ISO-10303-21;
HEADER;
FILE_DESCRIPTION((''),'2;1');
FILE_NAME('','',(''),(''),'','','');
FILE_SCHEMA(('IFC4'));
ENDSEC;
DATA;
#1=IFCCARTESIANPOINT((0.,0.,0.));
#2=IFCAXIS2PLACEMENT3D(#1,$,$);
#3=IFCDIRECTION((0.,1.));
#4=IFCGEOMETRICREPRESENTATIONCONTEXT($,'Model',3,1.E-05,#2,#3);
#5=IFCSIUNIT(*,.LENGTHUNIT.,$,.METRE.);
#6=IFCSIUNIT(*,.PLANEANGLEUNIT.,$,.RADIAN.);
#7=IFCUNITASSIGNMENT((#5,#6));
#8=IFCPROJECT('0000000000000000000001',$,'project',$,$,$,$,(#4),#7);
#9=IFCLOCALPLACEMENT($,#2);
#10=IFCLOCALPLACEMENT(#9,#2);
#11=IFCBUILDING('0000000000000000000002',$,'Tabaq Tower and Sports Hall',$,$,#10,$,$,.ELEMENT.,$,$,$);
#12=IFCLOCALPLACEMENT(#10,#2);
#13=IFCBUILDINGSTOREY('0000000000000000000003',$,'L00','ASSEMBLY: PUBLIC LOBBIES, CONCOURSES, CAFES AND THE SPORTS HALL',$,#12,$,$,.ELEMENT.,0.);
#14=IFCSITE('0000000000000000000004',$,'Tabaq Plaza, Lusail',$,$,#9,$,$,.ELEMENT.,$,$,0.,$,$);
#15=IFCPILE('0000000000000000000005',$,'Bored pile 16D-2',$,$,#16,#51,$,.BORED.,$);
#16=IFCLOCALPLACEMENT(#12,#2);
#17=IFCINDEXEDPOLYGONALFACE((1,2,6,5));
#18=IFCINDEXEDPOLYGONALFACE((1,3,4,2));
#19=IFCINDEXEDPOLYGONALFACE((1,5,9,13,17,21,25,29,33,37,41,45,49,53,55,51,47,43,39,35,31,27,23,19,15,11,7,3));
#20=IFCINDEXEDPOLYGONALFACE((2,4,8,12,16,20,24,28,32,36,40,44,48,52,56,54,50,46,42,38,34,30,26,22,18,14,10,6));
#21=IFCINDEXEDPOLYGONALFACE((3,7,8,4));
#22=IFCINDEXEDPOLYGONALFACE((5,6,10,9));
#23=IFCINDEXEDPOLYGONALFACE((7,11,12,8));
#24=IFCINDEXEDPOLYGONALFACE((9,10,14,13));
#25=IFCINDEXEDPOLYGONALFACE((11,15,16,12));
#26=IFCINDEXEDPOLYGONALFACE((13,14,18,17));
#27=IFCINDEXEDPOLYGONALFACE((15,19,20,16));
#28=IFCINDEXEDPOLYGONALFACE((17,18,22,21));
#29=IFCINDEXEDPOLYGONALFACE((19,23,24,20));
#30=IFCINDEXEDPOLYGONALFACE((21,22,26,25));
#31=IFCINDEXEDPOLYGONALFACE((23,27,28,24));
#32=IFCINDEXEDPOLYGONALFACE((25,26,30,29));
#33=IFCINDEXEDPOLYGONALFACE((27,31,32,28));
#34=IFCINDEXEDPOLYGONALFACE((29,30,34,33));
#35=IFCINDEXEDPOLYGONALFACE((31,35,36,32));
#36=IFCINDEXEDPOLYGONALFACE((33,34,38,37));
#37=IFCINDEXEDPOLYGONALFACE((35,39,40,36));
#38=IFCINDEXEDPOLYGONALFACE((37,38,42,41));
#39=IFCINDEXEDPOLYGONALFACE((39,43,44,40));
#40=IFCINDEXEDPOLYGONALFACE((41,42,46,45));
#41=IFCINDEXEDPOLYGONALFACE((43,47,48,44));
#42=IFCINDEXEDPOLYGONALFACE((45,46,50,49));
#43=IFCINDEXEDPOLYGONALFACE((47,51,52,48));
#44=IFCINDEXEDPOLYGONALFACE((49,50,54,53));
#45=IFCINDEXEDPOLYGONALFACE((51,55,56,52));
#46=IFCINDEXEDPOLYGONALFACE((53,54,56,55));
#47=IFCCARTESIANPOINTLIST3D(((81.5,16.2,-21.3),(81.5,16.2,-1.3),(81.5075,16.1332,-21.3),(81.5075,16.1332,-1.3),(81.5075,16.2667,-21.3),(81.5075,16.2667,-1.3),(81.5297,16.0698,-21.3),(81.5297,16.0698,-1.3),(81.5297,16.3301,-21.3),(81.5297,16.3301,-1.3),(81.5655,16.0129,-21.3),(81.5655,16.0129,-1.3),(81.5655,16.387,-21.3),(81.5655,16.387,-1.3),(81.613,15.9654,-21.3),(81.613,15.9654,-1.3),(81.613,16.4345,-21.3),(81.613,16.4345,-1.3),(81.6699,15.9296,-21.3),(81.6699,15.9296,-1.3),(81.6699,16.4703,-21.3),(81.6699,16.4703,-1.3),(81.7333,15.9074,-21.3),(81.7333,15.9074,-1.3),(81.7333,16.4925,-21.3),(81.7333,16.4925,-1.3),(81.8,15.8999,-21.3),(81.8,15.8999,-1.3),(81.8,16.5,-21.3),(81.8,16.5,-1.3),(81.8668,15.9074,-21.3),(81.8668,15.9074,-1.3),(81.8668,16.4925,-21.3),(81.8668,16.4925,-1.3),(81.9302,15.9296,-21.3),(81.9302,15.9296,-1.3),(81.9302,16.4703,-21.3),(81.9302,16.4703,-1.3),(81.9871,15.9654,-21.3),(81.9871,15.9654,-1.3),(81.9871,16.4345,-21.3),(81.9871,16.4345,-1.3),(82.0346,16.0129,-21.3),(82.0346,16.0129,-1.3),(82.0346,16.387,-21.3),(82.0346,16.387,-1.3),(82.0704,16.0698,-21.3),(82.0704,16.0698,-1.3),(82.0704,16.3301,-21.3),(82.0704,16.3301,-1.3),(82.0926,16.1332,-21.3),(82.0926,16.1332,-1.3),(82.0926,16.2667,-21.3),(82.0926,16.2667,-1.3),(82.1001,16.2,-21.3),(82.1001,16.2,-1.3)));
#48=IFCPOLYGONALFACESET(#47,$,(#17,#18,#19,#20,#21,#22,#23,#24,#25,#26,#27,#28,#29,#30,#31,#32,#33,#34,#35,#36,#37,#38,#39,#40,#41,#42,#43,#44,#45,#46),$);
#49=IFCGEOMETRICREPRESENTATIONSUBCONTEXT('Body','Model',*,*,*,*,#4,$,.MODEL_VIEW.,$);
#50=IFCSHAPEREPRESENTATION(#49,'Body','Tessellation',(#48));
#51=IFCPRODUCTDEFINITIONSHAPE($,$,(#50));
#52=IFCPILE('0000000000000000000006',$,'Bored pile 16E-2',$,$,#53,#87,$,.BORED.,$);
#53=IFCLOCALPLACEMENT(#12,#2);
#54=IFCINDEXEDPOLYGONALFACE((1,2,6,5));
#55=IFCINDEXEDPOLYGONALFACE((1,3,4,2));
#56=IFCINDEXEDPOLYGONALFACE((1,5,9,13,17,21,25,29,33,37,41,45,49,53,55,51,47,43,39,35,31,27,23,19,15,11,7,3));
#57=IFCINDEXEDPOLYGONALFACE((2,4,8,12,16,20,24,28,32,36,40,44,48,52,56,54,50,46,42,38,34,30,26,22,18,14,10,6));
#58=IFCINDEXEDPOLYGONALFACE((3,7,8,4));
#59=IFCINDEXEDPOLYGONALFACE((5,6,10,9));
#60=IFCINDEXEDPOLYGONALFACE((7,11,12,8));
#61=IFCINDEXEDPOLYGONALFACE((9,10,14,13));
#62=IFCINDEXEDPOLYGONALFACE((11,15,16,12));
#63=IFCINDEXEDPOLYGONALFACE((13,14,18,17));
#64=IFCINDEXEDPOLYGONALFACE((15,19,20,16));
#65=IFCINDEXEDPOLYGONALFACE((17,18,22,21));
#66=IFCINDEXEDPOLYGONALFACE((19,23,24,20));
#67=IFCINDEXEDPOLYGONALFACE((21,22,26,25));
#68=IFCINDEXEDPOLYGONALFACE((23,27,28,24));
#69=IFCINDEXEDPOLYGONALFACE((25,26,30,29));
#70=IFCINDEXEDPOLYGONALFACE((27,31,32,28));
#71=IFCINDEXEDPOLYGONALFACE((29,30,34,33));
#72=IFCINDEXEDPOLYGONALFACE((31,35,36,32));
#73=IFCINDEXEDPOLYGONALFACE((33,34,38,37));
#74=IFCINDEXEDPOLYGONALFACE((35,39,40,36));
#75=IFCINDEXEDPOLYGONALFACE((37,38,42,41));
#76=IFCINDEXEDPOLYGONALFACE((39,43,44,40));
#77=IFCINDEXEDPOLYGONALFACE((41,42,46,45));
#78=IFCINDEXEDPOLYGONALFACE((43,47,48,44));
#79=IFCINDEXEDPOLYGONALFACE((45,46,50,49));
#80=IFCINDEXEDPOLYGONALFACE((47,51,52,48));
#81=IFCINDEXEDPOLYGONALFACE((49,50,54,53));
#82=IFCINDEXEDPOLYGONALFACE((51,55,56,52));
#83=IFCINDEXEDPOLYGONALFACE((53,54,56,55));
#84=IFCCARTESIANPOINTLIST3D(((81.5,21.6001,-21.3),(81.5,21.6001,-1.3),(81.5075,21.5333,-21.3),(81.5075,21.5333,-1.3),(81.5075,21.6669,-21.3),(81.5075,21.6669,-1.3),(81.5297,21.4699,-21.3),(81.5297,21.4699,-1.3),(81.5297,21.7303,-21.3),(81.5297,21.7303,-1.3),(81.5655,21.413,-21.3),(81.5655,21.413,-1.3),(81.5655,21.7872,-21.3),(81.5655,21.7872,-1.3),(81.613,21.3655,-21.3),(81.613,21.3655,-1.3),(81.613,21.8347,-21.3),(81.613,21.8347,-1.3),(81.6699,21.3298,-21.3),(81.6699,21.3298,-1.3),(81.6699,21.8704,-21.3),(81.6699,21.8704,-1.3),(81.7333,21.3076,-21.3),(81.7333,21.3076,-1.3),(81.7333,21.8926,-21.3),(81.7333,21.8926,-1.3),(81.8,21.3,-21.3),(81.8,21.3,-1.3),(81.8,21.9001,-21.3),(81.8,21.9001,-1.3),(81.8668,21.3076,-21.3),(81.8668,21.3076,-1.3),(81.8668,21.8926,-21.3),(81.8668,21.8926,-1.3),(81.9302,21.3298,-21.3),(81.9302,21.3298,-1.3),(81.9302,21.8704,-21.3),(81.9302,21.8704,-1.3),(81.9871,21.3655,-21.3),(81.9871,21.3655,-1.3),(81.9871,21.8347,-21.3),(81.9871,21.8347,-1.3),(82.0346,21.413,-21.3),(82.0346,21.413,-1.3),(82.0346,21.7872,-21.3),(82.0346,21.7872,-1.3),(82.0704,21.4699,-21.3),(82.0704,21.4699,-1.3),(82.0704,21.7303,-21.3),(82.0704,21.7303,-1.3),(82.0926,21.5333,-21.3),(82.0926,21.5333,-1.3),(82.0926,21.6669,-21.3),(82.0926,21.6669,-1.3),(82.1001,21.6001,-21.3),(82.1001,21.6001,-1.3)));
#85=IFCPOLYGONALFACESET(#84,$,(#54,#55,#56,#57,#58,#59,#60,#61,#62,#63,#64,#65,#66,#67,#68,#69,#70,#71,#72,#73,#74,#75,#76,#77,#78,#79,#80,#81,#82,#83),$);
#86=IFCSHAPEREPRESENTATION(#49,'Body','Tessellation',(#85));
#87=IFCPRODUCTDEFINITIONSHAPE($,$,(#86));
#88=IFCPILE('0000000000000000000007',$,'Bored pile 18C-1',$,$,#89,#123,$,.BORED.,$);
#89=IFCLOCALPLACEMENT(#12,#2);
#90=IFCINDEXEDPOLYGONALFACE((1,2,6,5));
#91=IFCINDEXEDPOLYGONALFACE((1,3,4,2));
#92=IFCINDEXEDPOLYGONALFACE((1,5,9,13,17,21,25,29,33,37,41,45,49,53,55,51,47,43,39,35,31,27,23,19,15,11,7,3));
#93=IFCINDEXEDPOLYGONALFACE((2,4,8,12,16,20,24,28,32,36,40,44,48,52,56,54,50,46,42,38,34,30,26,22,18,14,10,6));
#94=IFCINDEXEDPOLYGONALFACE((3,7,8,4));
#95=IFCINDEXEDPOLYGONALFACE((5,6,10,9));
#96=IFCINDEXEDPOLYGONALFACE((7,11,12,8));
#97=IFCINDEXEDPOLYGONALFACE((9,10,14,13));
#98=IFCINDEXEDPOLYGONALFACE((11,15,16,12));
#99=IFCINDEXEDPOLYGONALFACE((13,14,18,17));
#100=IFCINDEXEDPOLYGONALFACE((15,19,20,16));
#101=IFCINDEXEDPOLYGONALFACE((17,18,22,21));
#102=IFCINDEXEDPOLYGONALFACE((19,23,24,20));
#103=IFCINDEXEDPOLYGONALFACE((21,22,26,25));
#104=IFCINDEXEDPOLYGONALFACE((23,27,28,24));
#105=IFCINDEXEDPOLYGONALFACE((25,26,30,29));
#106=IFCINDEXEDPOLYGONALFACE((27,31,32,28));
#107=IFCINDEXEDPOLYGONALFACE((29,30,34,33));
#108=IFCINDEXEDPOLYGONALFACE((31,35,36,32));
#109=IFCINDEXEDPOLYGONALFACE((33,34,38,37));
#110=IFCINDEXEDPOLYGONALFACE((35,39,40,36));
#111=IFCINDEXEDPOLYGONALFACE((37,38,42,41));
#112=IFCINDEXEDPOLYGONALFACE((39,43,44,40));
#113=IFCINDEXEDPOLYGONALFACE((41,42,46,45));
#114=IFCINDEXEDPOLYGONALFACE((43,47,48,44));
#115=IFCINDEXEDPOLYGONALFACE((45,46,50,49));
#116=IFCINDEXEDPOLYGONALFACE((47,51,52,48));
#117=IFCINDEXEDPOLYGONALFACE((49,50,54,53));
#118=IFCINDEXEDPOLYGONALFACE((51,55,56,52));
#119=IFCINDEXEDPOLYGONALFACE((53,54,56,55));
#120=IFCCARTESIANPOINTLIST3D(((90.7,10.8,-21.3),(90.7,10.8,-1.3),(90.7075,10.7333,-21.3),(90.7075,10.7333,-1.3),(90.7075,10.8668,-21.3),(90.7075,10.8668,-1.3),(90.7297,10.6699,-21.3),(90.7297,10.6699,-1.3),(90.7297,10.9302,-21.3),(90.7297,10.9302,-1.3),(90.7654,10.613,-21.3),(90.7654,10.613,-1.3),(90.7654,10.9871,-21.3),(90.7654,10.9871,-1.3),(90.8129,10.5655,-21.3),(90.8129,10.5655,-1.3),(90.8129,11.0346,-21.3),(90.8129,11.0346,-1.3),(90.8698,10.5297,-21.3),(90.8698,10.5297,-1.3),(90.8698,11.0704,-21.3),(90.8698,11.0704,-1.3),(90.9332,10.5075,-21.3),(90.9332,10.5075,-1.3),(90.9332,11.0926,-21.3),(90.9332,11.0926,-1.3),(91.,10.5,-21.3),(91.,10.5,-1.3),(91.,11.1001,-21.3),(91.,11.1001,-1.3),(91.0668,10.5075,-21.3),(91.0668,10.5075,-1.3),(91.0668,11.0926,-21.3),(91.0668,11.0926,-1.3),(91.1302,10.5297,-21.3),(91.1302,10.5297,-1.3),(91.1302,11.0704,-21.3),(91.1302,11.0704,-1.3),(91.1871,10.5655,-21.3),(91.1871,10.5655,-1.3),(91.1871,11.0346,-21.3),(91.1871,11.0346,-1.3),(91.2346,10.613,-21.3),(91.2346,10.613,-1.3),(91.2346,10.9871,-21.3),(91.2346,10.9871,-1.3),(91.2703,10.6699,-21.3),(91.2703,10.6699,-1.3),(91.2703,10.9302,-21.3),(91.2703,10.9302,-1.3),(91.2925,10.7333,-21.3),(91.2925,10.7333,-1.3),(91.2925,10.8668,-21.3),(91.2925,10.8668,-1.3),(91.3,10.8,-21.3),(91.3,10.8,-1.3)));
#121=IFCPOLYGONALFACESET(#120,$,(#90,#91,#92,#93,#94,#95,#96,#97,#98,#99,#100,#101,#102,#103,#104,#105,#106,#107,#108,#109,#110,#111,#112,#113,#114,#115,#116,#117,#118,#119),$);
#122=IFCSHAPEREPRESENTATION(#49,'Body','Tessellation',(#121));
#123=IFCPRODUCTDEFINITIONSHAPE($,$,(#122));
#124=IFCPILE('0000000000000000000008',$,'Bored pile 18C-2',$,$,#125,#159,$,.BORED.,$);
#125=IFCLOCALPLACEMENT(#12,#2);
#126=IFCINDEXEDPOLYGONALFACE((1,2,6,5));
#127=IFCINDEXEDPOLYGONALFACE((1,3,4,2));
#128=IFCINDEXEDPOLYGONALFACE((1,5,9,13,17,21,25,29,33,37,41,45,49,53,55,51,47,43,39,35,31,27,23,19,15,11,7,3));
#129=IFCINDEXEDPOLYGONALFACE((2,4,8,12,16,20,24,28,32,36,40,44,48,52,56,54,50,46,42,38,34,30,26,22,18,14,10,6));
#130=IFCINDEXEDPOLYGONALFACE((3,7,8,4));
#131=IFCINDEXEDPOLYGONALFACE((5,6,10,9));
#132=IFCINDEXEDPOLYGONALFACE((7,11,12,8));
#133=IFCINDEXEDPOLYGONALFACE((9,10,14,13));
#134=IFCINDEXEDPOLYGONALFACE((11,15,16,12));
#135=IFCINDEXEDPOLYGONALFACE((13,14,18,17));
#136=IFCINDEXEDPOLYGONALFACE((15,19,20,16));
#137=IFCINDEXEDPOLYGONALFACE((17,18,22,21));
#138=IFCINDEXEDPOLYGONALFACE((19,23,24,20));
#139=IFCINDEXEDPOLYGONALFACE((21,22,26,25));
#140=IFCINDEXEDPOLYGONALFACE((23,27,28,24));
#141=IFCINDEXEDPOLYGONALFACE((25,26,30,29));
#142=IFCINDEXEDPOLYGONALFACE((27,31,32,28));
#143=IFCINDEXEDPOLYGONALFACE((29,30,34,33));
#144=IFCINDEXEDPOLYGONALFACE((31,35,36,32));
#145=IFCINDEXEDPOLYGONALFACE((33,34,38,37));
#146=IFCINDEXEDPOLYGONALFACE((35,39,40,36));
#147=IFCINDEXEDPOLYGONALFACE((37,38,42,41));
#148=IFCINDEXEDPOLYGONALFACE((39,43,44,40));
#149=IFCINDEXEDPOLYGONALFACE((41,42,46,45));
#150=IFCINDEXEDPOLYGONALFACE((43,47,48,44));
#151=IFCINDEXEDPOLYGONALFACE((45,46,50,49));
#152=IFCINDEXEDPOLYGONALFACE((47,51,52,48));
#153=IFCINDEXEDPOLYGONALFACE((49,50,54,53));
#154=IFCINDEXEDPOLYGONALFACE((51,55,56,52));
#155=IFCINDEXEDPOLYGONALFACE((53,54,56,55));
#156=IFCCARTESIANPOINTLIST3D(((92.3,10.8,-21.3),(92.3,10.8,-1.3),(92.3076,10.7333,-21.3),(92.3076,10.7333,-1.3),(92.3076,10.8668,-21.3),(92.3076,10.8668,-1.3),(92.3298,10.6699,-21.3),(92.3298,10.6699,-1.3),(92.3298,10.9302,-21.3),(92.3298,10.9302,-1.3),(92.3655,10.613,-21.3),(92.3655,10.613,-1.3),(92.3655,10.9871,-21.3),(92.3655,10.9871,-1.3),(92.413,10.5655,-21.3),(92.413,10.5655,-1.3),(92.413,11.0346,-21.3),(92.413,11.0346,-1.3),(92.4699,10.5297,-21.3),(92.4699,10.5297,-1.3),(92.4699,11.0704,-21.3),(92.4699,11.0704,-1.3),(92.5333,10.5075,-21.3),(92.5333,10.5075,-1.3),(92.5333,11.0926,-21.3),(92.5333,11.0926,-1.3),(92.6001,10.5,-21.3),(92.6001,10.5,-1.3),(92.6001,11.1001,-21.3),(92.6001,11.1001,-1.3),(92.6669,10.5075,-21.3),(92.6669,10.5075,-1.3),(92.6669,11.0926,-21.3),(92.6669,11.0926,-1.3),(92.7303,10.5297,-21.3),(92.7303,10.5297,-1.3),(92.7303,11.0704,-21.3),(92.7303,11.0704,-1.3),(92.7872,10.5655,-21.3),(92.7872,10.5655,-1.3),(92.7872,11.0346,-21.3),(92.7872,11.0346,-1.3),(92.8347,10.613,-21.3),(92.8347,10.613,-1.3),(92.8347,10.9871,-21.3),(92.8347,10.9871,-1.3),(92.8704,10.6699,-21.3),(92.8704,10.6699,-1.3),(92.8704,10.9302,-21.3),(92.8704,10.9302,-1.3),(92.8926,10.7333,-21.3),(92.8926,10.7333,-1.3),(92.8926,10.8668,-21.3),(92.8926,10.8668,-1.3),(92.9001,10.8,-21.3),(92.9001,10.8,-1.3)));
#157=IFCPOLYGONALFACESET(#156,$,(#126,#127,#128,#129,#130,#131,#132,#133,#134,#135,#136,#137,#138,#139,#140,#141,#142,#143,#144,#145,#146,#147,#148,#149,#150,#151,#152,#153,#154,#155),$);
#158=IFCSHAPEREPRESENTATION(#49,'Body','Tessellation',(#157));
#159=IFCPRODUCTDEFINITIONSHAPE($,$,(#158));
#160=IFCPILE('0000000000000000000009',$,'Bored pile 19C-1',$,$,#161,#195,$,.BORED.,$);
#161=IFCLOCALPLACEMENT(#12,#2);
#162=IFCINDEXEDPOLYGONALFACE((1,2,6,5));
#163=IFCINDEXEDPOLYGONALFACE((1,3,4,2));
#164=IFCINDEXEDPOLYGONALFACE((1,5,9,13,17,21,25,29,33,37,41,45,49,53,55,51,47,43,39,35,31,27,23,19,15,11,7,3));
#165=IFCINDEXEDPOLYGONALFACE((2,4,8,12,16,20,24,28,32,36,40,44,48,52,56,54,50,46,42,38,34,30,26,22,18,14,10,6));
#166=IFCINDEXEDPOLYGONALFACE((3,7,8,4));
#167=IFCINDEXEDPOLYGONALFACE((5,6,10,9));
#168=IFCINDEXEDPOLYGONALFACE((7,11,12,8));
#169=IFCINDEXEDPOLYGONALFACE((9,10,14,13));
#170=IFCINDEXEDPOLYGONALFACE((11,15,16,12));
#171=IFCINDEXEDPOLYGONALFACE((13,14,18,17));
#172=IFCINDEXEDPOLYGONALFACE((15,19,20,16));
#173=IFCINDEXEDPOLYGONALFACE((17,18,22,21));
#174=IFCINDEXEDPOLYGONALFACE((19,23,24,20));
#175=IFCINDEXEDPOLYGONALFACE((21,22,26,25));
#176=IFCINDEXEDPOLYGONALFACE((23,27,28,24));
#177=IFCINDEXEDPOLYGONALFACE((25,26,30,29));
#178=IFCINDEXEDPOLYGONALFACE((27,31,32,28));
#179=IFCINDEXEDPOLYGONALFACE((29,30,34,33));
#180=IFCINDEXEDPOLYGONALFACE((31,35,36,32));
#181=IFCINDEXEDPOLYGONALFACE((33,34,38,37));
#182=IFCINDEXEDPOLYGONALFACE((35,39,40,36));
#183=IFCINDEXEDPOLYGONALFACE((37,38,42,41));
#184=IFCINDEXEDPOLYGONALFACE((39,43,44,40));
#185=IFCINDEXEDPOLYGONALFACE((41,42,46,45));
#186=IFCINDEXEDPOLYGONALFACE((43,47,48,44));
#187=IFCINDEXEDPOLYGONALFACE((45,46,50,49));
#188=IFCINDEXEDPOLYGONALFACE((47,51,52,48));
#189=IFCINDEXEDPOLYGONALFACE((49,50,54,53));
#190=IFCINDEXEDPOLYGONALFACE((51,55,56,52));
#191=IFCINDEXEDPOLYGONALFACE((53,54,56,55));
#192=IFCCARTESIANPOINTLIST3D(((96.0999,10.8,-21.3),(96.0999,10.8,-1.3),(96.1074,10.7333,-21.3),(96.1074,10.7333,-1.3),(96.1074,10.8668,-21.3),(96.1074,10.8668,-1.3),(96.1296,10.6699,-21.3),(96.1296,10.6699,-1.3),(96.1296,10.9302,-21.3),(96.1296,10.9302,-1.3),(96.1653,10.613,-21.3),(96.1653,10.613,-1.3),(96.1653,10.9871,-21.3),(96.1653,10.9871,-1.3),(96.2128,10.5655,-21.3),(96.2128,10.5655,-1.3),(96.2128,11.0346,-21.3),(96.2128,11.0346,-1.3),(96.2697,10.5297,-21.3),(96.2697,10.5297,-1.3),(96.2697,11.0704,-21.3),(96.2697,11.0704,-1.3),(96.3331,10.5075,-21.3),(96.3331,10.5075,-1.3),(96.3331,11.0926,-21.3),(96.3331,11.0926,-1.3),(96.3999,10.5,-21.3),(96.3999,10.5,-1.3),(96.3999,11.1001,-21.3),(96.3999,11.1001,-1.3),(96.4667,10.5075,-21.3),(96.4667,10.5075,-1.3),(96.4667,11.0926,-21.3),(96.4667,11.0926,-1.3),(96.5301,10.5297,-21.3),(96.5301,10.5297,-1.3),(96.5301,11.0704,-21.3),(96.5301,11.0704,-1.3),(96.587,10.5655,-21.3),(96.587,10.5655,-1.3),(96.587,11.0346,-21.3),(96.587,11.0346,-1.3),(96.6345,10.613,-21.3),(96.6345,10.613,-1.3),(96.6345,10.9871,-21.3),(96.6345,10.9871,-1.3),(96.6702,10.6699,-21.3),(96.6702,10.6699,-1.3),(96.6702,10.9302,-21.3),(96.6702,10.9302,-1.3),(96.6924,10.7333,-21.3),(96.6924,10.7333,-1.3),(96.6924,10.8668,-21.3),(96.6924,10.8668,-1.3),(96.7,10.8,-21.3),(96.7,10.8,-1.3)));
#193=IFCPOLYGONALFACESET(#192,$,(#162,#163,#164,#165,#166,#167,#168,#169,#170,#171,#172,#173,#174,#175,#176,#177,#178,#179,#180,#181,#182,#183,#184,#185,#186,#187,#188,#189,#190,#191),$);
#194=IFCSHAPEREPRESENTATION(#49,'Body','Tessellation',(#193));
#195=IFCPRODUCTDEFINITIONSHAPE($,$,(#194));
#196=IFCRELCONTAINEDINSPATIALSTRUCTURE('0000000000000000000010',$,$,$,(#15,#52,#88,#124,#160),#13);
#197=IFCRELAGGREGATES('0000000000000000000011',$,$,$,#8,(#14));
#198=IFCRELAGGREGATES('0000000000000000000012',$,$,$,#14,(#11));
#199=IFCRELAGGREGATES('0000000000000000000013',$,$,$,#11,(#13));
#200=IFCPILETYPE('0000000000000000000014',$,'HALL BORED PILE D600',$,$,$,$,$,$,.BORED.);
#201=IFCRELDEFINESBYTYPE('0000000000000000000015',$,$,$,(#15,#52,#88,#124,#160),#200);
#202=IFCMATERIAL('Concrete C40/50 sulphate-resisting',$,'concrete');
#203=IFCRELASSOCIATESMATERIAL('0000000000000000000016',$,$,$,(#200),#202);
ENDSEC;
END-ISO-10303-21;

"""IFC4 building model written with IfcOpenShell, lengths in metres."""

from ifc_helpers import new_model, si_unit, direction, frame, origin, origin_2d, place, context, subcontext, project, spatial, circle, extrude, material, material_profile, profile_set, type_object, element, save


model = new_model("IFC4")

# Units and contexts
model_context = context("Model", 3, precision=1e-05, world=origin(), true_north=direction((0.0, 1.0)))
body_context = subcontext(model_context, "Body", "Model", "MODEL_VIEW")
ifc_project = project(units=[si_unit("LENGTHUNIT", "METRE"), si_unit("PLANEANGLEUNIT", "RADIAN")], contexts=[model_context])

# Site, building, storey
site_placement = place(None, origin())
site = spatial("IfcSite", under=ifc_project, at=site_placement, Name="Tabaq Plaza, Lusail", CompositionType="ELEMENT", RefElevation=0.0)
building_placement = place(site_placement, origin())
building = spatial("IfcBuilding", under=site, at=building_placement, Name="Tabaq Tower and Sports Hall", CompositionType="ELEMENT")
storey_placement = place(building_placement, origin())
storey = spatial("IfcBuildingStorey", under=building, at=storey_placement, Name="L00", Description="ASSEMBLY: PUBLIC LOBBIES, CONCOURSES, CAFES AND THE SPORTS HALL", CompositionType="ELEMENT", Elevation=0.0)

# Piles
ifc_material_1 = material(Name="Concrete C40/50 sulphate-resisting", Category="concrete")
ifc_material_profile_1 = material_profile(ifc_material_1, circle(Radius=0.3, at=origin_2d()), Name="D600")
ifc_profile_set_1 = profile_set([ifc_material_profile_1], Name="Concrete C40/50 sulphate-resisting")
pile_type = type_object("IfcPileType", Name="HALL BORED PILE D600", PredefinedType="BORED", material=ifc_profile_set_1)
for number, where, z_axis, x_axis, name in (
    (1, (81.8, 16.2, -1.3), (0.0, 0.0, -1.0), (1.0, 0.0, 0.0), "Bored pile 16D-2"),
    (2, (81.8, 21.6001, -1.3), (0.0, 0.0, -1.0), (1.0, 0.0, 0.0), "Bored pile 16E-2"),
    (3, (91.0, 10.8, -1.3), (0.0, 0.0, -1.0), (1.0, 0.0, 0.0), "Bored pile 18C-1"),
    (4, (92.6001, 10.8, -1.3), (0.0, 0.0, -1.0), (1.0, 0.0, 0.0), "Bored pile 18C-2"),
    (5, (96.3999, 10.8, -1.3), (0.0, 0.0, -1.0), (1.0, 0.0, 0.0), "Bored pile 19C-1"),
):
    element("IfcPile", number, at=place(storey_placement, frame(where, z_axis=z_axis, x_axis=x_axis)), inside=storey, type_object=pile_type, Name=name, PredefinedType="BORED", context=body_context, shape_type="SweptSolid", body=[
        extrude(circle(Radius=0.3, at=origin_2d()), origin(), (0.0, 0.0, 1.0), 20.0),
    ])

save(model, "model.ifc")
